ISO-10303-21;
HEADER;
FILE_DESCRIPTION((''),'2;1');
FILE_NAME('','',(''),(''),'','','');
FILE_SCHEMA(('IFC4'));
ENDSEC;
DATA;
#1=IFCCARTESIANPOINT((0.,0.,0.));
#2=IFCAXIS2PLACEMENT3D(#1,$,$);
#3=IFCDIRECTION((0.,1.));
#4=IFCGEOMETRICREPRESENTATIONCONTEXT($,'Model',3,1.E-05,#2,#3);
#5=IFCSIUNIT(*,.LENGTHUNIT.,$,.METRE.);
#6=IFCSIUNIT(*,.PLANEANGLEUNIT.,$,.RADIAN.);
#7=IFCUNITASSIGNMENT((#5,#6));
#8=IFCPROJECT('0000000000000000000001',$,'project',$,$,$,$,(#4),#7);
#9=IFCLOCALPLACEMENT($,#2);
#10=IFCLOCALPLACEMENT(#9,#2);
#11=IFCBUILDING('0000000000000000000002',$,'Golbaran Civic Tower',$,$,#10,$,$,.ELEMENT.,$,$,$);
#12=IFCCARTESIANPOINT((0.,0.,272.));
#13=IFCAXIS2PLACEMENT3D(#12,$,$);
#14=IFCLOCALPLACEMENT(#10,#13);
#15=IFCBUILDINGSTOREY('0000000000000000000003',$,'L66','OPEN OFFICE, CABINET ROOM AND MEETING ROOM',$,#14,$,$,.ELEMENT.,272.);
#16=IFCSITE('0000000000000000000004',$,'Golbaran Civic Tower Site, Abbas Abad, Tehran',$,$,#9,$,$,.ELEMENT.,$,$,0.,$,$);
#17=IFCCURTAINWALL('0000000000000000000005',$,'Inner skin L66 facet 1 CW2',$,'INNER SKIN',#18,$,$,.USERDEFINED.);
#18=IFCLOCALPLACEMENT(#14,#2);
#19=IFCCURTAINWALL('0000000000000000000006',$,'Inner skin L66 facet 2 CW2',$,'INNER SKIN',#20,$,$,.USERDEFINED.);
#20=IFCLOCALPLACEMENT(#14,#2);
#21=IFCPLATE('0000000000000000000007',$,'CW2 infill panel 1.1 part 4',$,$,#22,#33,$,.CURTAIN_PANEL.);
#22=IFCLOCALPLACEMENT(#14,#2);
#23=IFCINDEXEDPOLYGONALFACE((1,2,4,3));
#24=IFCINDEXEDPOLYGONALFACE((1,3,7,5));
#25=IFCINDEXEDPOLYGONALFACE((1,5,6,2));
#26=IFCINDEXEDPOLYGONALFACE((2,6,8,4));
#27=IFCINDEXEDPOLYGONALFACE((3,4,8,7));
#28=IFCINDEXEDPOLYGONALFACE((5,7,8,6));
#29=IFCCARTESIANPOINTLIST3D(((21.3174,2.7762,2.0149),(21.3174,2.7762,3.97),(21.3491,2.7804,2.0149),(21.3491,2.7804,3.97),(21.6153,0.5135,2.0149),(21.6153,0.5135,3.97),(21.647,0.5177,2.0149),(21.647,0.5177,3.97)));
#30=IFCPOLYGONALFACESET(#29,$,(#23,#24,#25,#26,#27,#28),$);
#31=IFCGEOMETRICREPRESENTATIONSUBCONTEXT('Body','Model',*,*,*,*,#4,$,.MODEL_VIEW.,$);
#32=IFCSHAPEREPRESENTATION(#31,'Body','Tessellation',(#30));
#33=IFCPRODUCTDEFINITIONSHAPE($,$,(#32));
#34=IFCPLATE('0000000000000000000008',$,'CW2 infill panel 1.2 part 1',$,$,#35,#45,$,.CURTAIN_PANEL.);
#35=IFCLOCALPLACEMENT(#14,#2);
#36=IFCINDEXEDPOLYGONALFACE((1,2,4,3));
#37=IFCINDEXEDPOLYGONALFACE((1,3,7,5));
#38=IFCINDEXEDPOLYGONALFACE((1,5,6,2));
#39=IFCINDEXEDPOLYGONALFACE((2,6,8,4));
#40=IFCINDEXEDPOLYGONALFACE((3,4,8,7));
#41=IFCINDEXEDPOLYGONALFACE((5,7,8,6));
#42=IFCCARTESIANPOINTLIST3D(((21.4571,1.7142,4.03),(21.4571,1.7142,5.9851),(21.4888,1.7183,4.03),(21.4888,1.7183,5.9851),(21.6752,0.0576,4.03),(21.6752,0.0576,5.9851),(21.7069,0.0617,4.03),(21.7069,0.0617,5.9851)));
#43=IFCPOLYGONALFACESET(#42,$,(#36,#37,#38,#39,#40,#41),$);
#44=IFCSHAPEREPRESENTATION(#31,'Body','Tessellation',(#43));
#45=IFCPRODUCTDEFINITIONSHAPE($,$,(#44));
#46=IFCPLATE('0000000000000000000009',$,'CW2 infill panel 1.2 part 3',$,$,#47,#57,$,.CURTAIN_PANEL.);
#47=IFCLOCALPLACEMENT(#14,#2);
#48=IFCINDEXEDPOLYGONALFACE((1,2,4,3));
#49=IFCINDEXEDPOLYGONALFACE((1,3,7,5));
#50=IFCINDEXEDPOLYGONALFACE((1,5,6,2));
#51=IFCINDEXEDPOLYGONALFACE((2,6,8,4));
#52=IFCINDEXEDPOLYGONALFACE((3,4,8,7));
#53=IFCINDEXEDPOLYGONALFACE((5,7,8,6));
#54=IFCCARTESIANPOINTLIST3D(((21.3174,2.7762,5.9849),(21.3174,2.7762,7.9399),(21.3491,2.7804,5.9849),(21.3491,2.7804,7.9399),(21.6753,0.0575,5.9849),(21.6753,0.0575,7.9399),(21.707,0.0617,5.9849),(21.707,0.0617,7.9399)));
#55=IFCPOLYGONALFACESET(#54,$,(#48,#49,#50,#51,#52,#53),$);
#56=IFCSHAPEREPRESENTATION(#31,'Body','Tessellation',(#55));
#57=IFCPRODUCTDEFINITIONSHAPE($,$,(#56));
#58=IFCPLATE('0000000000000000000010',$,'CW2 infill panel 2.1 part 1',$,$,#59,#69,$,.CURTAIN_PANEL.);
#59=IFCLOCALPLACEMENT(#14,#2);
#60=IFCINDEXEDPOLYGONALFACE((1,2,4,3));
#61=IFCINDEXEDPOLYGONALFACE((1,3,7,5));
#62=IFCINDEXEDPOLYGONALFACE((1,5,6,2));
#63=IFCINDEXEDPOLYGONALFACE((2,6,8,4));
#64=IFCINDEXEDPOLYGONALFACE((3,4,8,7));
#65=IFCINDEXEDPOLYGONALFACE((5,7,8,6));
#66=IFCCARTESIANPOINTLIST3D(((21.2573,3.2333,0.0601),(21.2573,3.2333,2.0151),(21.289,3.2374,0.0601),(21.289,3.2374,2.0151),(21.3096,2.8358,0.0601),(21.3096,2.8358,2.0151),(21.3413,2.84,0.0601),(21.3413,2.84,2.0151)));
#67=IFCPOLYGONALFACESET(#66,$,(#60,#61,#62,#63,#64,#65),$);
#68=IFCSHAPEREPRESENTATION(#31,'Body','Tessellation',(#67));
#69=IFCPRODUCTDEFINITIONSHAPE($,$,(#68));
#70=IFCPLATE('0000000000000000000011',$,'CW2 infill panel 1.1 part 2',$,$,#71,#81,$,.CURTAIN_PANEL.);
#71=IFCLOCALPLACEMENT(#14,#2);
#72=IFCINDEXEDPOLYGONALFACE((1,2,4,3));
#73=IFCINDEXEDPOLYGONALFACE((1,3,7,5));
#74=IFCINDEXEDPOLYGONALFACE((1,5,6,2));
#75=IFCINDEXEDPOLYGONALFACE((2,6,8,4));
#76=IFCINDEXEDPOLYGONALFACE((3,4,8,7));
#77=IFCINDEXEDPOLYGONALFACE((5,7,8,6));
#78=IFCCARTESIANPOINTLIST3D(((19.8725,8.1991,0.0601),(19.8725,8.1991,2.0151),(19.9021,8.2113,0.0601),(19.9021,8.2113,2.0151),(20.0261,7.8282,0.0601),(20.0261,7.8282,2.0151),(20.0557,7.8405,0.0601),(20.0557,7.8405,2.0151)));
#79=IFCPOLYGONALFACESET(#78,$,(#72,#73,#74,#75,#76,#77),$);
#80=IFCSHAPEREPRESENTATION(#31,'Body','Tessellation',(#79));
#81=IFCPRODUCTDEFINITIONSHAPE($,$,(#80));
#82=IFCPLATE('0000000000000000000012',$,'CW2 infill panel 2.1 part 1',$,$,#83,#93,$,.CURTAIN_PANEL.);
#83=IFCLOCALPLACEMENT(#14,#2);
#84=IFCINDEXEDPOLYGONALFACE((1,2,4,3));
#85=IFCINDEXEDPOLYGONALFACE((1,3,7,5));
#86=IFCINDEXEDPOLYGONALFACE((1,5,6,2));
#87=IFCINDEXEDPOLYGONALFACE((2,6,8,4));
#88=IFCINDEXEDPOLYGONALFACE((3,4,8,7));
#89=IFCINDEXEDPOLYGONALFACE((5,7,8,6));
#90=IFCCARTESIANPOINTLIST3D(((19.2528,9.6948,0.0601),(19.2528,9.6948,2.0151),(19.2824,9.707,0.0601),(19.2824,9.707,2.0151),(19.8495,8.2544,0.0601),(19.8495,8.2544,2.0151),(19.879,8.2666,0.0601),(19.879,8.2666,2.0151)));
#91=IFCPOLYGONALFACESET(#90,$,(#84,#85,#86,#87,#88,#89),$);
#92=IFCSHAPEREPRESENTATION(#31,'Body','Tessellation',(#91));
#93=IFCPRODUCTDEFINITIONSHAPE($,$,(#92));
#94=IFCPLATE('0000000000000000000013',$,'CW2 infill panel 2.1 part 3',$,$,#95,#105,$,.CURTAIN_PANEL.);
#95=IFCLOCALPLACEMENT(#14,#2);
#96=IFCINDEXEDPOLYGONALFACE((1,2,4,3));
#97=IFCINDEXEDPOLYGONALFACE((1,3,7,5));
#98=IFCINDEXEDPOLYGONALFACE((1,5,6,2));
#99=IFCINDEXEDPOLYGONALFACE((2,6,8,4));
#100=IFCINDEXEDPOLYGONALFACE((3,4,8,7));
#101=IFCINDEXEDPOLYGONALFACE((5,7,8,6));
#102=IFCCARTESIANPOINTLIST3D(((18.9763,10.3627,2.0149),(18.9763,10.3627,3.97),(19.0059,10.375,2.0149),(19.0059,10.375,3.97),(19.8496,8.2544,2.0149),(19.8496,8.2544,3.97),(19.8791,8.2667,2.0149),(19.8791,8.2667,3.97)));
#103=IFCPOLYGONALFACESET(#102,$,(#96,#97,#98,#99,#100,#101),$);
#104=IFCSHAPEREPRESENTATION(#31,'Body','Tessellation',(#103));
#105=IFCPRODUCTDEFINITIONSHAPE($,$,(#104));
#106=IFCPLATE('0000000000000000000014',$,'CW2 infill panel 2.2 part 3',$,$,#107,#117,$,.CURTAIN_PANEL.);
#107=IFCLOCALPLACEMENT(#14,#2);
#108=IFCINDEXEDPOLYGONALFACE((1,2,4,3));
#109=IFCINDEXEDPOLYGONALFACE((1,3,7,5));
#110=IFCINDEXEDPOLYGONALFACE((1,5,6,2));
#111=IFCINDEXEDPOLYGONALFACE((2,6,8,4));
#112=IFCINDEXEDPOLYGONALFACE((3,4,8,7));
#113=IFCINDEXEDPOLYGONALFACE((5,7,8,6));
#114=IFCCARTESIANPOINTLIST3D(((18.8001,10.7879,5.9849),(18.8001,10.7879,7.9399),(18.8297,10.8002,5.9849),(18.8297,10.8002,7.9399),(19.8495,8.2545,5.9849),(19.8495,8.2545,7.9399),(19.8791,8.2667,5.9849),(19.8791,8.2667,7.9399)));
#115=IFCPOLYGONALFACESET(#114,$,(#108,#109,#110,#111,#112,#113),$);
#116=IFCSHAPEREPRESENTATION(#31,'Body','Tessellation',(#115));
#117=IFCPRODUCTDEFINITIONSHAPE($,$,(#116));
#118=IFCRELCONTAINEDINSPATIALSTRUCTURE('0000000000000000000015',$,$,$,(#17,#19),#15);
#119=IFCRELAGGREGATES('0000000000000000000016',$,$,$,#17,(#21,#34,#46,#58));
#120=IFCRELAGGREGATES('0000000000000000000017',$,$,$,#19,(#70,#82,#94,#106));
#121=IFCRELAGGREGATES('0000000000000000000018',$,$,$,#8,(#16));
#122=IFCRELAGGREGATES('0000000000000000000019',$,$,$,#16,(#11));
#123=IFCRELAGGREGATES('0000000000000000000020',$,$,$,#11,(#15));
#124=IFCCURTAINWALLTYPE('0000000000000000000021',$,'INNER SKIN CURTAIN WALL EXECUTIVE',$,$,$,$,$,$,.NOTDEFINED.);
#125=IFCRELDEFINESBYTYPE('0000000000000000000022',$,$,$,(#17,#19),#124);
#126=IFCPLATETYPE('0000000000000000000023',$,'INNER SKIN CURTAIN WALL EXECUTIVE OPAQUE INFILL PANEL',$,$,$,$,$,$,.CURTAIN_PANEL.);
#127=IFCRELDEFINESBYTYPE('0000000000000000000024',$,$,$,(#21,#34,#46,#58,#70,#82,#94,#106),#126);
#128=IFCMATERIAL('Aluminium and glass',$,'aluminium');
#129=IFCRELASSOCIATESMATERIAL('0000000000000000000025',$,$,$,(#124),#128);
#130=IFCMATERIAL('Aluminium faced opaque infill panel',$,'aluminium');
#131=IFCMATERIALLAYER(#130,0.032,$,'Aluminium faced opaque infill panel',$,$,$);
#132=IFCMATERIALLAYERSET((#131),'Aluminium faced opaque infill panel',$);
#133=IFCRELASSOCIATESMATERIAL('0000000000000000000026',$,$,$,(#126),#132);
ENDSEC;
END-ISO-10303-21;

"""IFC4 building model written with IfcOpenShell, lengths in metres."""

from ifc_helpers import new_model, si_unit, direction, frame, origin, origin_2d, place, context, subcontext, project, spatial, rectangle, extrude, material, layer, layer_set, type_object, element, aggregate, save


model = new_model("IFC4")

# Units and contexts
model_context = context("Model", 3, precision=1e-05, world=origin(), true_north=direction((0.0, 1.0)))
body_context = subcontext(model_context, "Body", "Model", "MODEL_VIEW")
ifc_project = project(units=[si_unit("LENGTHUNIT", "METRE"), si_unit("PLANEANGLEUNIT", "RADIAN")], contexts=[model_context])

# Site, building, storey
site_placement = place(None, origin())
site = spatial("IfcSite", under=ifc_project, at=site_placement, Name="Golbaran Civic Tower Site, Abbas Abad, Tehran", CompositionType="ELEMENT", RefElevation=0.0)
building_placement = place(site_placement, origin())
building = spatial("IfcBuilding", under=site, at=building_placement, Name="Golbaran Civic Tower", CompositionType="ELEMENT")
storey_placement = place(building_placement, frame((0.0, 0.0, 272.0)))
storey = spatial("IfcBuildingStorey", under=building, at=storey_placement, Name="L66", Description="OPEN OFFICE, CABINET ROOM AND MEETING ROOM", CompositionType="ELEMENT", Elevation=272.0)

# Curtain walls
ifc_material_1 = material(Name="Aluminium and glass", Category="aluminium")
curtain_wall_type = type_object("IfcCurtainWallType", Name="INNER SKIN CURTAIN WALL EXECUTIVE", PredefinedType="NOTDEFINED", material=ifc_material_1)
curtain_wall_1_placement = place(storey_placement, origin())
curtain_wall_1 = element("IfcCurtainWall", 1, at=curtain_wall_1_placement, inside=storey, type_object=curtain_wall_type, Name="Inner skin L66 facet 1 CW2", ObjectType="INNER SKIN", PredefinedType="USERDEFINED")
curtain_wall_2_placement = place(storey_placement, origin())
curtain_wall_2 = element("IfcCurtainWall", 2, at=curtain_wall_2_placement, inside=storey, type_object=curtain_wall_type, Name="Inner skin L66 facet 2 CW2", ObjectType="INNER SKIN", PredefinedType="USERDEFINED")

# Plates
ifc_material_2 = material(Name="Aluminium faced opaque infill panel", Category="aluminium")
ifc_layer_1 = layer(ifc_material_2, 0.032, Name="Aluminium faced opaque infill panel")
ifc_layer_set_1 = layer_set([ifc_layer_1], Name="Aluminium faced opaque infill panel")
plate_type_1 = type_object("IfcPlateType", Name="INNER SKIN CURTAIN WALL EXECUTIVE OPAQUE INFILL PANEL", PredefinedType="CURTAIN_PANEL", material=ifc_layer_set_1)
plate_1_placement = place(storey_placement, frame((21.4822, 1.647, 2.0149), z_axis=(0.0, 0.0, 1.0), x_axis=(-0.130526, 0.991445, 0.0)))
plate_1 = element("IfcPlate", 3, at=plate_1_placement, type_object=plate_type_1, Name="CW2 infill panel 1.1 part 4", PredefinedType="CURTAIN_PANEL", context=body_context, shape_type="SweptSolid", body=[
    extrude(rectangle(XDim=2.2822, YDim=0.032, at=origin_2d()), origin(), (0.0, 0.0, 1.0), 1.9551),
])
plate_2_placement = place(storey_placement, frame((21.582, 0.8879, 4.03), z_axis=(0.0, 0.0, 1.0), x_axis=(-0.130526, 0.991445, 0.0)))
plate_2 = element("IfcPlate", 4, at=plate_2_placement, type_object=plate_type_1, Name="CW2 infill panel 1.2 part 1", PredefinedType="CURTAIN_PANEL", context=body_context, shape_type="SweptSolid", body=[
    extrude(rectangle(XDim=1.6709, YDim=0.032, at=origin_2d()), origin(), (0.0, 0.0, 1.0), 1.9551),
])
plate_3_placement = place(storey_placement, frame((21.5122, 1.4189, 5.9849), z_axis=(0.0, 0.0, 1.0), x_axis=(-0.130526, 0.991445, 0.0)))
plate_3 = element("IfcPlate", 5, at=plate_3_placement, type_object=plate_type_1, Name="CW2 infill panel 1.2 part 3", PredefinedType="CURTAIN_PANEL", context=body_context, shape_type="SweptSolid", body=[
    extrude(rectangle(XDim=2.7422, YDim=0.032, at=origin_2d()), origin(), (0.0, 0.0, 1.0), 1.9551),
])
plate_4_placement = place(storey_placement, frame((21.2993, 3.0366, 0.0601), z_axis=(0.0, 0.0, 1.0), x_axis=(-0.130526, 0.991445, 0.0)))
plate_4 = element("IfcPlate", 6, at=plate_4_placement, type_object=plate_type_1, Name="CW2 infill panel 2.1 part 1", PredefinedType="CURTAIN_PANEL", context=body_context, shape_type="SweptSolid", body=[
    extrude(rectangle(XDim=0.4009, YDim=0.032, at=origin_2d()), origin(), (0.0, 0.0, 1.0), 1.9551),
])
aggregate(curtain_wall_1, [plate_1, plate_2, plate_3, plate_4])
plate_5_placement = place(storey_placement, frame((19.9641, 8.0198, 0.0601), z_axis=(0.0, 0.0, 1.0), x_axis=(-0.382683, 0.92388, 0.0)))
plate_5 = element("IfcPlate", 7, at=plate_5_placement, type_object=plate_type_1, Name="CW2 infill panel 1.1 part 2", PredefinedType="CURTAIN_PANEL", context=body_context, shape_type="SweptSolid", body=[
    extrude(rectangle(XDim=0.4014, YDim=0.032, at=origin_2d()), origin(), (0.0, 0.0, 1.0), 1.9551),
])
plate_6_placement = place(storey_placement, frame((19.5659, 8.9807, 0.0601), z_axis=(0.0, 0.0, 1.0), x_axis=(-0.382683, 0.92388, 0.0)))
plate_6 = element("IfcPlate", 8, at=plate_6_placement, type_object=plate_type_1, Name="CW2 infill panel 2.1 part 1", PredefinedType="CURTAIN_PANEL", context=body_context, shape_type="SweptSolid", body=[
    extrude(rectangle(XDim=1.5591, YDim=0.032, at=origin_2d()), origin(), (0.0, 0.0, 1.0), 1.9551),
])
plate_7_placement = place(storey_placement, frame((19.4277, 9.3147, 2.0149), z_axis=(0.0, 0.0, 1.0), x_axis=(-0.382683, 0.92388, 0.0)))
plate_7 = element("IfcPlate", 9, at=plate_7_placement, type_object=plate_type_1, Name="CW2 infill panel 2.1 part 3", PredefinedType="CURTAIN_PANEL", context=body_context, shape_type="SweptSolid", body=[
    extrude(rectangle(XDim=2.282, YDim=0.032, at=origin_2d()), origin(), (0.0, 0.0, 1.0), 1.9551),
])
plate_8_placement = place(storey_placement, frame((19.3396, 9.5273, 5.9849), z_axis=(0.0, 0.0, 1.0), x_axis=(-0.382683, 0.92388, 0.0)))
plate_8 = element("IfcPlate", 10, at=plate_8_placement, type_object=plate_type_1, Name="CW2 infill panel 2.2 part 3", PredefinedType="CURTAIN_PANEL", context=body_context, shape_type="SweptSolid", body=[
    extrude(rectangle(XDim=2.7422, YDim=0.032, at=origin_2d()), origin(), (0.0, 0.0, 1.0), 1.9551),
])
aggregate(curtain_wall_2, [plate_5, plate_6, plate_7, plate_8])

save(model, "model.ifc")
